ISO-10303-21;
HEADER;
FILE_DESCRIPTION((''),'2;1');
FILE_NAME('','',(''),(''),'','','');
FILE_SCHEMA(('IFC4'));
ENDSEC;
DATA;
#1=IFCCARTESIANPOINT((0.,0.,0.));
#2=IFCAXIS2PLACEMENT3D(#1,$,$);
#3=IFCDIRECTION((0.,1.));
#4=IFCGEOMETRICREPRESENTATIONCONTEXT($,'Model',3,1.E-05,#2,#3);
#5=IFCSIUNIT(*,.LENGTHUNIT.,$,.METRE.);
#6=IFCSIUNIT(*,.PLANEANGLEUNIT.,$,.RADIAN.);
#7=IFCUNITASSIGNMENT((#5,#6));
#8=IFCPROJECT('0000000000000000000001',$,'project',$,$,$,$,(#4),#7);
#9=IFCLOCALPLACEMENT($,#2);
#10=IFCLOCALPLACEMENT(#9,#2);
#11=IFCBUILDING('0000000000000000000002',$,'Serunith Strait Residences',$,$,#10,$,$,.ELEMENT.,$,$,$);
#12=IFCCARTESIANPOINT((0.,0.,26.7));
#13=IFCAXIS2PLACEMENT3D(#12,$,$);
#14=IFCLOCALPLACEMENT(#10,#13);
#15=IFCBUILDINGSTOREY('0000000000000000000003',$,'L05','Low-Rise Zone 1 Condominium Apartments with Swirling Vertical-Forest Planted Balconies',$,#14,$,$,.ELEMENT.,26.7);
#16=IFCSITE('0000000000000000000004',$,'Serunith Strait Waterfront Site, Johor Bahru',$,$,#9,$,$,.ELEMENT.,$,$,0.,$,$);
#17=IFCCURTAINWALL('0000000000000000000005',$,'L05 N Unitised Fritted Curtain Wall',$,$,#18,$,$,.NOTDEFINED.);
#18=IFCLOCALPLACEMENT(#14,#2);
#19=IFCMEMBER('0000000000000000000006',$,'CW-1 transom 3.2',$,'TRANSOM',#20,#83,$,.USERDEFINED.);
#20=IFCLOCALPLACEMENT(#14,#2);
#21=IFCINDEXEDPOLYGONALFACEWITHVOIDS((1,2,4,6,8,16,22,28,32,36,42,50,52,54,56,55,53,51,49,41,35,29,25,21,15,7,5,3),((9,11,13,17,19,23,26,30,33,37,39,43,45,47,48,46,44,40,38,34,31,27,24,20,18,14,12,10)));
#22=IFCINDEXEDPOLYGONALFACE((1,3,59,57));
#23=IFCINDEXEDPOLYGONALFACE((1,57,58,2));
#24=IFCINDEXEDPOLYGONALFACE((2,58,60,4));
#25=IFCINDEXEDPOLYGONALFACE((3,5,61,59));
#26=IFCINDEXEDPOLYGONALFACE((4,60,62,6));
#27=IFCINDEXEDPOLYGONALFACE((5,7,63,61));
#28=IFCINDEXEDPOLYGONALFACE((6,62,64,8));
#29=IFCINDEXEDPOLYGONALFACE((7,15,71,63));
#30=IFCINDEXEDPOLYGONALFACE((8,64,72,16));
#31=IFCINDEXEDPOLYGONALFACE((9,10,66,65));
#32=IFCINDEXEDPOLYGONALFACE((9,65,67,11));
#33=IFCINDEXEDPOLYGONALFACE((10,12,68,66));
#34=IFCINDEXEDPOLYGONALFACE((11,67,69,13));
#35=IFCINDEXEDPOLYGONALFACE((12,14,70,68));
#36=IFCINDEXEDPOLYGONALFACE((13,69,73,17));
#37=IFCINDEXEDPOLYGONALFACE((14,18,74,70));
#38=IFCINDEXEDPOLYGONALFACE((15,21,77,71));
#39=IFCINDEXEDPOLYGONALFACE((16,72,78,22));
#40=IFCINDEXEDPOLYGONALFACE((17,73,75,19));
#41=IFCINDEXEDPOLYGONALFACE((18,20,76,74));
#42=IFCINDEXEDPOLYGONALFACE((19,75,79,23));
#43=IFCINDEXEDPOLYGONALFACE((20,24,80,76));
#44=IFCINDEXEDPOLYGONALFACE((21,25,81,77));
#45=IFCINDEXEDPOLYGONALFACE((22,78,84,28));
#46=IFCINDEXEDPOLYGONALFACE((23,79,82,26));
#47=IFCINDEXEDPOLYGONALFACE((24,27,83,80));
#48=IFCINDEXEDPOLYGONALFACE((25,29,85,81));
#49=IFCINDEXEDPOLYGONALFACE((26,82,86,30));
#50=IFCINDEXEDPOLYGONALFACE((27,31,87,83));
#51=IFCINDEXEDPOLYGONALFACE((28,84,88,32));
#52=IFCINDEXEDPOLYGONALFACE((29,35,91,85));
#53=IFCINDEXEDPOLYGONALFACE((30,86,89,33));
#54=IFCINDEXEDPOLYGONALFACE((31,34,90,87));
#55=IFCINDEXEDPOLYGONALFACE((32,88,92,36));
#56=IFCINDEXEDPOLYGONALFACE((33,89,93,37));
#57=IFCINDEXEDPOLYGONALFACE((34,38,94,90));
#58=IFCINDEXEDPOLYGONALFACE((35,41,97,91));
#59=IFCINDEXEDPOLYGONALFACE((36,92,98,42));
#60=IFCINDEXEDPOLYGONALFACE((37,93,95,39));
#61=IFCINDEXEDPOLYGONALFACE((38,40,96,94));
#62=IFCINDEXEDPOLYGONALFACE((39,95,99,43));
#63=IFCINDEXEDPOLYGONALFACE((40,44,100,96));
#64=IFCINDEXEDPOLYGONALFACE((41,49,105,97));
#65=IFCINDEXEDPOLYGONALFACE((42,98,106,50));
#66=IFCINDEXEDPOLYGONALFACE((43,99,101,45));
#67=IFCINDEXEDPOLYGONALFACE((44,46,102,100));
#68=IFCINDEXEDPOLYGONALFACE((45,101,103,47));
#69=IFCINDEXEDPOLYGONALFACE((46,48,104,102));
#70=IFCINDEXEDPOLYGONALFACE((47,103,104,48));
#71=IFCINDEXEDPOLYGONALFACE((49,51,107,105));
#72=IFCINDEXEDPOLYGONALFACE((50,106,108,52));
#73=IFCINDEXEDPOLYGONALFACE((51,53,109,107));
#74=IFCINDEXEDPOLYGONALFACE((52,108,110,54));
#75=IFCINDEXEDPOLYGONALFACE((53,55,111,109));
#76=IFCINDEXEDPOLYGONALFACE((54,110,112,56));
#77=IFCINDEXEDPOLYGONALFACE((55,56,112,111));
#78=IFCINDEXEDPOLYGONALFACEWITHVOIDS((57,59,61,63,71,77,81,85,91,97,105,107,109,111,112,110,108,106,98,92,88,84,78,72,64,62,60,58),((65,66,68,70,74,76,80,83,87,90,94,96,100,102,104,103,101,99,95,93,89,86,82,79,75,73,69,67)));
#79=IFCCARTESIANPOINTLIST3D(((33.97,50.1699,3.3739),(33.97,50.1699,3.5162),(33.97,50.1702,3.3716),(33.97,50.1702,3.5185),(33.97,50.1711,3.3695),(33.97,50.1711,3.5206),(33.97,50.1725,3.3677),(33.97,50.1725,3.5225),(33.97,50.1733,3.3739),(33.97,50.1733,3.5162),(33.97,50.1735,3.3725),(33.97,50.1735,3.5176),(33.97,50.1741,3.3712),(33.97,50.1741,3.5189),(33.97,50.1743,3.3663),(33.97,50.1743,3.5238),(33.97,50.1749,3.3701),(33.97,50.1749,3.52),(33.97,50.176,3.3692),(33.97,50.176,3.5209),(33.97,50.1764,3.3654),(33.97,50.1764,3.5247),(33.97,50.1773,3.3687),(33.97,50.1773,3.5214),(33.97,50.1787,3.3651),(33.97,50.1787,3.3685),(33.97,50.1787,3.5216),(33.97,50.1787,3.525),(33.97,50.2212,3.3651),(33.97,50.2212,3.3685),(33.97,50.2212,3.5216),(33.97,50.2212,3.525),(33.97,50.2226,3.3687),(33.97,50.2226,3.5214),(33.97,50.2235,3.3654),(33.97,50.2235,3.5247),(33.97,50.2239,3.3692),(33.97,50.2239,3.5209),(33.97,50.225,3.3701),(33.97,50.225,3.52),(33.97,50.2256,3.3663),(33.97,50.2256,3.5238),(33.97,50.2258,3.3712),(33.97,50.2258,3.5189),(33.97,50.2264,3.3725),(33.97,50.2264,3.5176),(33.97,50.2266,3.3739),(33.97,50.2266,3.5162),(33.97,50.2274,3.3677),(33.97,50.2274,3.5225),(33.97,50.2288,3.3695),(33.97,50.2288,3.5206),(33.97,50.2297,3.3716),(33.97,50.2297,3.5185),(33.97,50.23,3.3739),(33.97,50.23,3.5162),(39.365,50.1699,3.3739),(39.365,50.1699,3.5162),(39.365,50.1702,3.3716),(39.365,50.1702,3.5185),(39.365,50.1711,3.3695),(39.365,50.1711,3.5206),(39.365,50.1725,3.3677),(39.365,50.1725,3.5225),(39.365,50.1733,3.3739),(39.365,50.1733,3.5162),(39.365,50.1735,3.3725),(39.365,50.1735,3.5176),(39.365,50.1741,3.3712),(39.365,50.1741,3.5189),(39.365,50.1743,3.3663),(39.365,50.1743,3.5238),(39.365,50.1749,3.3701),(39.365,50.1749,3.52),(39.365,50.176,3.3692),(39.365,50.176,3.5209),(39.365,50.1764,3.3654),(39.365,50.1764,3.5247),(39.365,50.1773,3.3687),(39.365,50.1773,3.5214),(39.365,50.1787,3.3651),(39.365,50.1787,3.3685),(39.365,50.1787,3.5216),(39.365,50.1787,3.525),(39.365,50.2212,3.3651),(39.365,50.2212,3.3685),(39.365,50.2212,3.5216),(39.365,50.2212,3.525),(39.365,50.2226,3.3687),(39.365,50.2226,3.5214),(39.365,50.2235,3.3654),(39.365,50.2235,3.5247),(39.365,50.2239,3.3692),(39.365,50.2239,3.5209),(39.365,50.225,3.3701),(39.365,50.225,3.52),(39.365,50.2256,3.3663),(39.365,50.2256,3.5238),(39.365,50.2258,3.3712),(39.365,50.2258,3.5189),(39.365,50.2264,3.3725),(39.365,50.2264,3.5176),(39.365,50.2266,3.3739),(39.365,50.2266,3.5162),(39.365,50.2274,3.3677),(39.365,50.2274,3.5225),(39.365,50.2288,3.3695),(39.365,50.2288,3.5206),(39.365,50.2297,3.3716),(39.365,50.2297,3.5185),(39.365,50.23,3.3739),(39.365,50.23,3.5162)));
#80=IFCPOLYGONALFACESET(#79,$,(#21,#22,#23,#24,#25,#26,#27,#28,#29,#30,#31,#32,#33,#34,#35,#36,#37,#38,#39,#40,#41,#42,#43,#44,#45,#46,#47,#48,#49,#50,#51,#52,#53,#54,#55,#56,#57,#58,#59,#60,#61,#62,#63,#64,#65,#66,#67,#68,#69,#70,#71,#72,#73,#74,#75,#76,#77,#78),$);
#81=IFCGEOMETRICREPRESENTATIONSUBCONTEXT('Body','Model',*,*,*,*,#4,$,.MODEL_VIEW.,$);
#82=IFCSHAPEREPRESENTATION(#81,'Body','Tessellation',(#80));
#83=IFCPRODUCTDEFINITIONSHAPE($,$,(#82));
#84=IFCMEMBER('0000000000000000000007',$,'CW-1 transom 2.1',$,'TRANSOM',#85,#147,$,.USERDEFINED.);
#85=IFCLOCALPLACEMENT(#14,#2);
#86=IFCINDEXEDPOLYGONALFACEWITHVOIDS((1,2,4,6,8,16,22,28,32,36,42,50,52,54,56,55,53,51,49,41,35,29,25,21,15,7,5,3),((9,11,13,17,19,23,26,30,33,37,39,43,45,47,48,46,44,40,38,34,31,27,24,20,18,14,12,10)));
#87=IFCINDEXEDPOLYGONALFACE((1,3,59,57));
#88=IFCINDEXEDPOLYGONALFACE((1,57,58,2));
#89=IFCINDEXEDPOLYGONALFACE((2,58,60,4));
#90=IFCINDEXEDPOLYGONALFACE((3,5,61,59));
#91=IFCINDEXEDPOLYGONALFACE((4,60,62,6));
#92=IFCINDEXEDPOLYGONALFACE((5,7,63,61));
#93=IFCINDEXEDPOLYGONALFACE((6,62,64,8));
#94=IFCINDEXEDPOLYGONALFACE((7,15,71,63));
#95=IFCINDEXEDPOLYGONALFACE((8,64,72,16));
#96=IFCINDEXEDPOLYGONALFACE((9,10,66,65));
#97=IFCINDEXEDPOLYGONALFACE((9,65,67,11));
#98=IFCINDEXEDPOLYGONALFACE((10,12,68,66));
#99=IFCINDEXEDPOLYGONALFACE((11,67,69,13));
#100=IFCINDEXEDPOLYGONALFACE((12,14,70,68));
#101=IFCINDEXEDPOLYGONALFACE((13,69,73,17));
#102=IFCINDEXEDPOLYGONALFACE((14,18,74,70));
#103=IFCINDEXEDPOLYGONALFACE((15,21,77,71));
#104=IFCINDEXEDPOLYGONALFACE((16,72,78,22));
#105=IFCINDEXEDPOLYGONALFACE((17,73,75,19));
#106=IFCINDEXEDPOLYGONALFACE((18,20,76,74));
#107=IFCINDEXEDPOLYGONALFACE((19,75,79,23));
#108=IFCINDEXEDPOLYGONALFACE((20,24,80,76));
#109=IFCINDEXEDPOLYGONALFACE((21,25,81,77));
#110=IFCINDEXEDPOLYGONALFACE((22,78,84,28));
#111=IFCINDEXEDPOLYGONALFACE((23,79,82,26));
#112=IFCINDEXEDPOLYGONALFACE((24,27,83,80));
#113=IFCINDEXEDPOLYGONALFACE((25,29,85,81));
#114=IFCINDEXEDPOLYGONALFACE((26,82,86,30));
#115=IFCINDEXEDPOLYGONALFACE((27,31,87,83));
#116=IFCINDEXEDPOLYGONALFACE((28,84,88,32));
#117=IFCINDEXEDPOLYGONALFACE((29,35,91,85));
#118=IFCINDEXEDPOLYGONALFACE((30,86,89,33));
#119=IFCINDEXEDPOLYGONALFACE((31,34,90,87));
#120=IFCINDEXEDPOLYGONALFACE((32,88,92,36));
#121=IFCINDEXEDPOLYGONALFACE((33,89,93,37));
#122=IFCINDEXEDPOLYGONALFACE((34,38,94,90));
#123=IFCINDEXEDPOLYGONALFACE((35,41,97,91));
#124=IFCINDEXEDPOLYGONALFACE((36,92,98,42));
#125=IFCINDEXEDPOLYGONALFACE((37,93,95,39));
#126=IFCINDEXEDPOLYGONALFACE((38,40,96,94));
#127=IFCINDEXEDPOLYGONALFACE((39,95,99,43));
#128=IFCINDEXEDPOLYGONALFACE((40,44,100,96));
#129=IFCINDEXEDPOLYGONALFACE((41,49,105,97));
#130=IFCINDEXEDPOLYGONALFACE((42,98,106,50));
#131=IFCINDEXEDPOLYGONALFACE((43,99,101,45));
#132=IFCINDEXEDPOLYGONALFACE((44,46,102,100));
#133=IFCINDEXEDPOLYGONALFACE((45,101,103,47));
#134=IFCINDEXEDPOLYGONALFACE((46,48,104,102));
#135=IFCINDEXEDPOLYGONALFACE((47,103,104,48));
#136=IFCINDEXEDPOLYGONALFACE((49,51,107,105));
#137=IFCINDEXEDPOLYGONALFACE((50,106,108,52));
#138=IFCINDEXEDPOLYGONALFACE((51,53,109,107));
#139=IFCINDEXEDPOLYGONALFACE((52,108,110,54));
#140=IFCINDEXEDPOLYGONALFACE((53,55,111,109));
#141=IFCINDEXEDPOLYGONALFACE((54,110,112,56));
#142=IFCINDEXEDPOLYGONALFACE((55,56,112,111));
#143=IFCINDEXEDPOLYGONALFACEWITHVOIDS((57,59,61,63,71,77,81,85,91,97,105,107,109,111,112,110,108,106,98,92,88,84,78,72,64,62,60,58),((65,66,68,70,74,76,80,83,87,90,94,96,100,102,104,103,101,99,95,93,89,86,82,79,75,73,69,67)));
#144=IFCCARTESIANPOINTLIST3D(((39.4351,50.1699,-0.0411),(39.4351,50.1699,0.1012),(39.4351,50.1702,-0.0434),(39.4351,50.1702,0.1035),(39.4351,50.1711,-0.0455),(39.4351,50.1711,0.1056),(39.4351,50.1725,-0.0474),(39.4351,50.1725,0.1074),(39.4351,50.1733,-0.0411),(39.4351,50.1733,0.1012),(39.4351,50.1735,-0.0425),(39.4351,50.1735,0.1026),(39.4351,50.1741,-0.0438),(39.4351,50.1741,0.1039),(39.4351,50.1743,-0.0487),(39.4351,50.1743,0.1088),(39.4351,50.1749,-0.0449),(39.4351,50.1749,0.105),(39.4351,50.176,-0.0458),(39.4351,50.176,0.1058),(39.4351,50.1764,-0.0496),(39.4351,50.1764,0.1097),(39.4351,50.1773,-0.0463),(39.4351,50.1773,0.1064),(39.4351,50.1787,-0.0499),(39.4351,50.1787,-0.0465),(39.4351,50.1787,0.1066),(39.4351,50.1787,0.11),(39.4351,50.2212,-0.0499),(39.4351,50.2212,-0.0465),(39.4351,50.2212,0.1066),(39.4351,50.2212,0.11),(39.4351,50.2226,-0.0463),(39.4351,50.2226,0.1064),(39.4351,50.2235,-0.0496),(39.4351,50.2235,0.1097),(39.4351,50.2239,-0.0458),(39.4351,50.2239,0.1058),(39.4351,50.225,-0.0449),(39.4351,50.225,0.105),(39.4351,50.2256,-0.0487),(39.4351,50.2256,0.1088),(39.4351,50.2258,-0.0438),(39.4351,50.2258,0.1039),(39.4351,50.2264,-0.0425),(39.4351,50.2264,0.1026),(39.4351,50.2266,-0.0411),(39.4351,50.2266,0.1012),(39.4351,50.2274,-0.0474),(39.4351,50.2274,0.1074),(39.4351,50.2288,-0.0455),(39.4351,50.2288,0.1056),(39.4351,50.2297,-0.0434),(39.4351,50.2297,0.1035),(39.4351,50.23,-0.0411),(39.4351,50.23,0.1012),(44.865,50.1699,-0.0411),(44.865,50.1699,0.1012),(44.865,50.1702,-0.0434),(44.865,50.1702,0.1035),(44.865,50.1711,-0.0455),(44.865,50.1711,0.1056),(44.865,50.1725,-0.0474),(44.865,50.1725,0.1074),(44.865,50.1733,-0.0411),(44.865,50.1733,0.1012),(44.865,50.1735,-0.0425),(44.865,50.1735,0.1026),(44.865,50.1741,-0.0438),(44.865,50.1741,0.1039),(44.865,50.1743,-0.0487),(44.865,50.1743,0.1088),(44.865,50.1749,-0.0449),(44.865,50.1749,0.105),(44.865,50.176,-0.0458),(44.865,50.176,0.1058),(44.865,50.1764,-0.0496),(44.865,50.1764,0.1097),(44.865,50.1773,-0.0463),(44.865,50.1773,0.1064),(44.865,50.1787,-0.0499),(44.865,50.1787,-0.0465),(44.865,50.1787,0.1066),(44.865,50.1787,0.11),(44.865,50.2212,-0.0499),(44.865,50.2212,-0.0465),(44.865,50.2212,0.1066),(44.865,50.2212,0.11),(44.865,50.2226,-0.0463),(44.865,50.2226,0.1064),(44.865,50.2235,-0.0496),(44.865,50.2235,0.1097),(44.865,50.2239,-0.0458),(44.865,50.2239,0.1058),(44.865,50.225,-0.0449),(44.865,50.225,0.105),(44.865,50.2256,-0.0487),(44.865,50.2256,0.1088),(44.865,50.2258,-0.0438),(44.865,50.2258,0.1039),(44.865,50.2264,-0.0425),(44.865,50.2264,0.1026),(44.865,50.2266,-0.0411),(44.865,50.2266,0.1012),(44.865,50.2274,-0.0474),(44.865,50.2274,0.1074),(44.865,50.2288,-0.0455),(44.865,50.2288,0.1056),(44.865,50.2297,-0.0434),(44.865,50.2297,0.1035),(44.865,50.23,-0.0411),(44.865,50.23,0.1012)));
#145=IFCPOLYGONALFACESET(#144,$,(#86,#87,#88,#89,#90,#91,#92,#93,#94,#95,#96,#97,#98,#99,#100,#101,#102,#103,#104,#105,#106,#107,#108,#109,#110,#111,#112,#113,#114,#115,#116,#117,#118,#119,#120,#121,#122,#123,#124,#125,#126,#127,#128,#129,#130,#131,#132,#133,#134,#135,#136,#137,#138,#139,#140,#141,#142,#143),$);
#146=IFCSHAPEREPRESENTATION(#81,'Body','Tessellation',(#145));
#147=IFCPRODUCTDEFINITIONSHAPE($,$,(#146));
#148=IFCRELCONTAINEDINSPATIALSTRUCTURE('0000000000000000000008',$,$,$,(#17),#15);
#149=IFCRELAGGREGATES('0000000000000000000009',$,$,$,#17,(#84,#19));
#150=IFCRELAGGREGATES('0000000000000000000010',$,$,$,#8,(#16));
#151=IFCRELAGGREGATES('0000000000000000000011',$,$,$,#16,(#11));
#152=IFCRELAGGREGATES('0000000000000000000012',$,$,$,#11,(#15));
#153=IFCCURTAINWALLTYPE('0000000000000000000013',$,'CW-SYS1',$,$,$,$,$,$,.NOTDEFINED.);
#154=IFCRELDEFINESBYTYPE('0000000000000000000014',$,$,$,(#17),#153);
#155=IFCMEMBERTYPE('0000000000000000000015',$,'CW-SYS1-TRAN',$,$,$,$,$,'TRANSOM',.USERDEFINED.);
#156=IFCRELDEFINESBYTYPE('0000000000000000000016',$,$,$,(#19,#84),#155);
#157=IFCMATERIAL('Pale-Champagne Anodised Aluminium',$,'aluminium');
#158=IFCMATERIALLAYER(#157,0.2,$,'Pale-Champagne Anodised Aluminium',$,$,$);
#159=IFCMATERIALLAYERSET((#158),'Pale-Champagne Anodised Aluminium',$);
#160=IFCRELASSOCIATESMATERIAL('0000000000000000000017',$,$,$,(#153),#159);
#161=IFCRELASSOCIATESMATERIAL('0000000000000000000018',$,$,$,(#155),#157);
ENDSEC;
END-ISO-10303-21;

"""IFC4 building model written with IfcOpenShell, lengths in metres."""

from ifc_helpers import new_model, si_unit, direction, frame, origin, origin_2d, place, context, subcontext, project, spatial, hollow_rectangle, extrude, source, transform, mapped, material, layer, layer_set, material_profile, profile_set, type_object, element, aggregate, save


model = new_model("IFC4")

# Units and contexts
model_context = context("Model", 3, precision=1e-05, world=origin(), true_north=direction((0.0, 1.0)))
body_context = subcontext(model_context, "Body", "Model", "MODEL_VIEW")
ifc_project = project(units=[si_unit("LENGTHUNIT", "METRE"), si_unit("PLANEANGLEUNIT", "RADIAN")], contexts=[model_context])

# Site, building, storey
site_placement = place(None, origin())
site = spatial("IfcSite", under=ifc_project, at=site_placement, Name="Serunith Strait Waterfront Site, Johor Bahru", CompositionType="ELEMENT", RefElevation=0.0)
building_placement = place(site_placement, origin())
building = spatial("IfcBuilding", under=site, at=building_placement, Name="Serunith Strait Residences", CompositionType="ELEMENT")
storey_placement = place(building_placement, frame((0.0, 0.0, 26.7)))
storey = spatial("IfcBuildingStorey", under=building, at=storey_placement, Name="L05", Description="Low-Rise Zone 1 Condominium Apartments with Swirling Vertical-Forest Planted Balconies", CompositionType="ELEMENT", Elevation=26.7)

# Curtain wall, members
ifc_material_1 = material(Name="Pale-Champagne Anodised Aluminium", Category="aluminium")
ifc_layer_1 = layer(ifc_material_1, 0.2, Name="Pale-Champagne Anodised Aluminium")
ifc_layer_set_1 = layer_set([ifc_layer_1], Name="Pale-Champagne Anodised Aluminium")
curtain_wall_type = type_object("IfcCurtainWallType", Name="CW-SYS1", PredefinedType="NOTDEFINED", material=ifc_layer_set_1)
curtain_wall_placement = place(storey_placement, origin())
curtain_wall = element("IfcCurtainWall", 1, at=curtain_wall_placement, inside=storey, type_object=curtain_wall_type, Name="L05 N Unitised Fritted Curtain Wall", PredefinedType="NOTDEFINED")
ifc_material_profile_1 = material_profile(ifc_material_1, hollow_rectangle(XDim=0.0601, YDim=0.1599, WallThickness=0.0034, InnerFilletRadius=0.0054, OuterFilletRadius=0.0088, at=origin_2d()), Name="ALU 160x60x3.5")
ifc_profile_set_1 = profile_set([ifc_material_profile_1], Name="Pale-Champagne Anodised Aluminium")
member_type_1 = type_object("IfcMemberType", Name="CW-SYS1-TRAN", ElementType="TRANSOM", PredefinedType="USERDEFINED", material=ifc_profile_set_1)
shared_shape_1 = source(origin(), body_context, "Body", "SweptSolid", [
    extrude(hollow_rectangle(XDim=0.0601, YDim=0.1599, WallThickness=0.0034, InnerFilletRadius=0.0054, OuterFilletRadius=0.0088, at=origin_2d()), origin(), (0.0, 0.0, 1.0), 5.395),
])
member_1_placement = place(storey_placement, frame((39.365, 50.2, 3.4451), z_axis=(-1.0, 0.0, 0.0), x_axis=(0.0, -1.0, 0.0)))
member_1 = element("IfcMember", 2, at=member_1_placement, type_object=member_type_1, Name="CW-1 transom 3.2", ObjectType="TRANSOM", PredefinedType="USERDEFINED", context=body_context, shape_type="MappedRepresentation", body=[
    mapped(shared_shape_1, transform((0.0, 0.0, 0.0), scale=1.0)),
])
shared_shape_2 = source(origin(), body_context, "Body", "SweptSolid", [
    extrude(hollow_rectangle(XDim=0.0601, YDim=0.1599, WallThickness=0.0034, InnerFilletRadius=0.0054, OuterFilletRadius=0.0088, at=origin_2d()), origin(), (0.0, 0.0, 1.0), 5.4299),
])
member_2_placement = place(storey_placement, frame((44.865, 50.2, 0.03), z_axis=(-1.0, 0.0, 0.0), x_axis=(0.0, -1.0, 0.0)))
member_2 = element("IfcMember", 3, at=member_2_placement, type_object=member_type_1, Name="CW-1 transom 2.1", ObjectType="TRANSOM", PredefinedType="USERDEFINED", context=body_context, shape_type="MappedRepresentation", body=[
    mapped(shared_shape_2, transform((0.0, 0.0, 0.0), scale=1.0)),
])
aggregate(curtain_wall, [member_2, member_1])

save(model, "model.ifc")
